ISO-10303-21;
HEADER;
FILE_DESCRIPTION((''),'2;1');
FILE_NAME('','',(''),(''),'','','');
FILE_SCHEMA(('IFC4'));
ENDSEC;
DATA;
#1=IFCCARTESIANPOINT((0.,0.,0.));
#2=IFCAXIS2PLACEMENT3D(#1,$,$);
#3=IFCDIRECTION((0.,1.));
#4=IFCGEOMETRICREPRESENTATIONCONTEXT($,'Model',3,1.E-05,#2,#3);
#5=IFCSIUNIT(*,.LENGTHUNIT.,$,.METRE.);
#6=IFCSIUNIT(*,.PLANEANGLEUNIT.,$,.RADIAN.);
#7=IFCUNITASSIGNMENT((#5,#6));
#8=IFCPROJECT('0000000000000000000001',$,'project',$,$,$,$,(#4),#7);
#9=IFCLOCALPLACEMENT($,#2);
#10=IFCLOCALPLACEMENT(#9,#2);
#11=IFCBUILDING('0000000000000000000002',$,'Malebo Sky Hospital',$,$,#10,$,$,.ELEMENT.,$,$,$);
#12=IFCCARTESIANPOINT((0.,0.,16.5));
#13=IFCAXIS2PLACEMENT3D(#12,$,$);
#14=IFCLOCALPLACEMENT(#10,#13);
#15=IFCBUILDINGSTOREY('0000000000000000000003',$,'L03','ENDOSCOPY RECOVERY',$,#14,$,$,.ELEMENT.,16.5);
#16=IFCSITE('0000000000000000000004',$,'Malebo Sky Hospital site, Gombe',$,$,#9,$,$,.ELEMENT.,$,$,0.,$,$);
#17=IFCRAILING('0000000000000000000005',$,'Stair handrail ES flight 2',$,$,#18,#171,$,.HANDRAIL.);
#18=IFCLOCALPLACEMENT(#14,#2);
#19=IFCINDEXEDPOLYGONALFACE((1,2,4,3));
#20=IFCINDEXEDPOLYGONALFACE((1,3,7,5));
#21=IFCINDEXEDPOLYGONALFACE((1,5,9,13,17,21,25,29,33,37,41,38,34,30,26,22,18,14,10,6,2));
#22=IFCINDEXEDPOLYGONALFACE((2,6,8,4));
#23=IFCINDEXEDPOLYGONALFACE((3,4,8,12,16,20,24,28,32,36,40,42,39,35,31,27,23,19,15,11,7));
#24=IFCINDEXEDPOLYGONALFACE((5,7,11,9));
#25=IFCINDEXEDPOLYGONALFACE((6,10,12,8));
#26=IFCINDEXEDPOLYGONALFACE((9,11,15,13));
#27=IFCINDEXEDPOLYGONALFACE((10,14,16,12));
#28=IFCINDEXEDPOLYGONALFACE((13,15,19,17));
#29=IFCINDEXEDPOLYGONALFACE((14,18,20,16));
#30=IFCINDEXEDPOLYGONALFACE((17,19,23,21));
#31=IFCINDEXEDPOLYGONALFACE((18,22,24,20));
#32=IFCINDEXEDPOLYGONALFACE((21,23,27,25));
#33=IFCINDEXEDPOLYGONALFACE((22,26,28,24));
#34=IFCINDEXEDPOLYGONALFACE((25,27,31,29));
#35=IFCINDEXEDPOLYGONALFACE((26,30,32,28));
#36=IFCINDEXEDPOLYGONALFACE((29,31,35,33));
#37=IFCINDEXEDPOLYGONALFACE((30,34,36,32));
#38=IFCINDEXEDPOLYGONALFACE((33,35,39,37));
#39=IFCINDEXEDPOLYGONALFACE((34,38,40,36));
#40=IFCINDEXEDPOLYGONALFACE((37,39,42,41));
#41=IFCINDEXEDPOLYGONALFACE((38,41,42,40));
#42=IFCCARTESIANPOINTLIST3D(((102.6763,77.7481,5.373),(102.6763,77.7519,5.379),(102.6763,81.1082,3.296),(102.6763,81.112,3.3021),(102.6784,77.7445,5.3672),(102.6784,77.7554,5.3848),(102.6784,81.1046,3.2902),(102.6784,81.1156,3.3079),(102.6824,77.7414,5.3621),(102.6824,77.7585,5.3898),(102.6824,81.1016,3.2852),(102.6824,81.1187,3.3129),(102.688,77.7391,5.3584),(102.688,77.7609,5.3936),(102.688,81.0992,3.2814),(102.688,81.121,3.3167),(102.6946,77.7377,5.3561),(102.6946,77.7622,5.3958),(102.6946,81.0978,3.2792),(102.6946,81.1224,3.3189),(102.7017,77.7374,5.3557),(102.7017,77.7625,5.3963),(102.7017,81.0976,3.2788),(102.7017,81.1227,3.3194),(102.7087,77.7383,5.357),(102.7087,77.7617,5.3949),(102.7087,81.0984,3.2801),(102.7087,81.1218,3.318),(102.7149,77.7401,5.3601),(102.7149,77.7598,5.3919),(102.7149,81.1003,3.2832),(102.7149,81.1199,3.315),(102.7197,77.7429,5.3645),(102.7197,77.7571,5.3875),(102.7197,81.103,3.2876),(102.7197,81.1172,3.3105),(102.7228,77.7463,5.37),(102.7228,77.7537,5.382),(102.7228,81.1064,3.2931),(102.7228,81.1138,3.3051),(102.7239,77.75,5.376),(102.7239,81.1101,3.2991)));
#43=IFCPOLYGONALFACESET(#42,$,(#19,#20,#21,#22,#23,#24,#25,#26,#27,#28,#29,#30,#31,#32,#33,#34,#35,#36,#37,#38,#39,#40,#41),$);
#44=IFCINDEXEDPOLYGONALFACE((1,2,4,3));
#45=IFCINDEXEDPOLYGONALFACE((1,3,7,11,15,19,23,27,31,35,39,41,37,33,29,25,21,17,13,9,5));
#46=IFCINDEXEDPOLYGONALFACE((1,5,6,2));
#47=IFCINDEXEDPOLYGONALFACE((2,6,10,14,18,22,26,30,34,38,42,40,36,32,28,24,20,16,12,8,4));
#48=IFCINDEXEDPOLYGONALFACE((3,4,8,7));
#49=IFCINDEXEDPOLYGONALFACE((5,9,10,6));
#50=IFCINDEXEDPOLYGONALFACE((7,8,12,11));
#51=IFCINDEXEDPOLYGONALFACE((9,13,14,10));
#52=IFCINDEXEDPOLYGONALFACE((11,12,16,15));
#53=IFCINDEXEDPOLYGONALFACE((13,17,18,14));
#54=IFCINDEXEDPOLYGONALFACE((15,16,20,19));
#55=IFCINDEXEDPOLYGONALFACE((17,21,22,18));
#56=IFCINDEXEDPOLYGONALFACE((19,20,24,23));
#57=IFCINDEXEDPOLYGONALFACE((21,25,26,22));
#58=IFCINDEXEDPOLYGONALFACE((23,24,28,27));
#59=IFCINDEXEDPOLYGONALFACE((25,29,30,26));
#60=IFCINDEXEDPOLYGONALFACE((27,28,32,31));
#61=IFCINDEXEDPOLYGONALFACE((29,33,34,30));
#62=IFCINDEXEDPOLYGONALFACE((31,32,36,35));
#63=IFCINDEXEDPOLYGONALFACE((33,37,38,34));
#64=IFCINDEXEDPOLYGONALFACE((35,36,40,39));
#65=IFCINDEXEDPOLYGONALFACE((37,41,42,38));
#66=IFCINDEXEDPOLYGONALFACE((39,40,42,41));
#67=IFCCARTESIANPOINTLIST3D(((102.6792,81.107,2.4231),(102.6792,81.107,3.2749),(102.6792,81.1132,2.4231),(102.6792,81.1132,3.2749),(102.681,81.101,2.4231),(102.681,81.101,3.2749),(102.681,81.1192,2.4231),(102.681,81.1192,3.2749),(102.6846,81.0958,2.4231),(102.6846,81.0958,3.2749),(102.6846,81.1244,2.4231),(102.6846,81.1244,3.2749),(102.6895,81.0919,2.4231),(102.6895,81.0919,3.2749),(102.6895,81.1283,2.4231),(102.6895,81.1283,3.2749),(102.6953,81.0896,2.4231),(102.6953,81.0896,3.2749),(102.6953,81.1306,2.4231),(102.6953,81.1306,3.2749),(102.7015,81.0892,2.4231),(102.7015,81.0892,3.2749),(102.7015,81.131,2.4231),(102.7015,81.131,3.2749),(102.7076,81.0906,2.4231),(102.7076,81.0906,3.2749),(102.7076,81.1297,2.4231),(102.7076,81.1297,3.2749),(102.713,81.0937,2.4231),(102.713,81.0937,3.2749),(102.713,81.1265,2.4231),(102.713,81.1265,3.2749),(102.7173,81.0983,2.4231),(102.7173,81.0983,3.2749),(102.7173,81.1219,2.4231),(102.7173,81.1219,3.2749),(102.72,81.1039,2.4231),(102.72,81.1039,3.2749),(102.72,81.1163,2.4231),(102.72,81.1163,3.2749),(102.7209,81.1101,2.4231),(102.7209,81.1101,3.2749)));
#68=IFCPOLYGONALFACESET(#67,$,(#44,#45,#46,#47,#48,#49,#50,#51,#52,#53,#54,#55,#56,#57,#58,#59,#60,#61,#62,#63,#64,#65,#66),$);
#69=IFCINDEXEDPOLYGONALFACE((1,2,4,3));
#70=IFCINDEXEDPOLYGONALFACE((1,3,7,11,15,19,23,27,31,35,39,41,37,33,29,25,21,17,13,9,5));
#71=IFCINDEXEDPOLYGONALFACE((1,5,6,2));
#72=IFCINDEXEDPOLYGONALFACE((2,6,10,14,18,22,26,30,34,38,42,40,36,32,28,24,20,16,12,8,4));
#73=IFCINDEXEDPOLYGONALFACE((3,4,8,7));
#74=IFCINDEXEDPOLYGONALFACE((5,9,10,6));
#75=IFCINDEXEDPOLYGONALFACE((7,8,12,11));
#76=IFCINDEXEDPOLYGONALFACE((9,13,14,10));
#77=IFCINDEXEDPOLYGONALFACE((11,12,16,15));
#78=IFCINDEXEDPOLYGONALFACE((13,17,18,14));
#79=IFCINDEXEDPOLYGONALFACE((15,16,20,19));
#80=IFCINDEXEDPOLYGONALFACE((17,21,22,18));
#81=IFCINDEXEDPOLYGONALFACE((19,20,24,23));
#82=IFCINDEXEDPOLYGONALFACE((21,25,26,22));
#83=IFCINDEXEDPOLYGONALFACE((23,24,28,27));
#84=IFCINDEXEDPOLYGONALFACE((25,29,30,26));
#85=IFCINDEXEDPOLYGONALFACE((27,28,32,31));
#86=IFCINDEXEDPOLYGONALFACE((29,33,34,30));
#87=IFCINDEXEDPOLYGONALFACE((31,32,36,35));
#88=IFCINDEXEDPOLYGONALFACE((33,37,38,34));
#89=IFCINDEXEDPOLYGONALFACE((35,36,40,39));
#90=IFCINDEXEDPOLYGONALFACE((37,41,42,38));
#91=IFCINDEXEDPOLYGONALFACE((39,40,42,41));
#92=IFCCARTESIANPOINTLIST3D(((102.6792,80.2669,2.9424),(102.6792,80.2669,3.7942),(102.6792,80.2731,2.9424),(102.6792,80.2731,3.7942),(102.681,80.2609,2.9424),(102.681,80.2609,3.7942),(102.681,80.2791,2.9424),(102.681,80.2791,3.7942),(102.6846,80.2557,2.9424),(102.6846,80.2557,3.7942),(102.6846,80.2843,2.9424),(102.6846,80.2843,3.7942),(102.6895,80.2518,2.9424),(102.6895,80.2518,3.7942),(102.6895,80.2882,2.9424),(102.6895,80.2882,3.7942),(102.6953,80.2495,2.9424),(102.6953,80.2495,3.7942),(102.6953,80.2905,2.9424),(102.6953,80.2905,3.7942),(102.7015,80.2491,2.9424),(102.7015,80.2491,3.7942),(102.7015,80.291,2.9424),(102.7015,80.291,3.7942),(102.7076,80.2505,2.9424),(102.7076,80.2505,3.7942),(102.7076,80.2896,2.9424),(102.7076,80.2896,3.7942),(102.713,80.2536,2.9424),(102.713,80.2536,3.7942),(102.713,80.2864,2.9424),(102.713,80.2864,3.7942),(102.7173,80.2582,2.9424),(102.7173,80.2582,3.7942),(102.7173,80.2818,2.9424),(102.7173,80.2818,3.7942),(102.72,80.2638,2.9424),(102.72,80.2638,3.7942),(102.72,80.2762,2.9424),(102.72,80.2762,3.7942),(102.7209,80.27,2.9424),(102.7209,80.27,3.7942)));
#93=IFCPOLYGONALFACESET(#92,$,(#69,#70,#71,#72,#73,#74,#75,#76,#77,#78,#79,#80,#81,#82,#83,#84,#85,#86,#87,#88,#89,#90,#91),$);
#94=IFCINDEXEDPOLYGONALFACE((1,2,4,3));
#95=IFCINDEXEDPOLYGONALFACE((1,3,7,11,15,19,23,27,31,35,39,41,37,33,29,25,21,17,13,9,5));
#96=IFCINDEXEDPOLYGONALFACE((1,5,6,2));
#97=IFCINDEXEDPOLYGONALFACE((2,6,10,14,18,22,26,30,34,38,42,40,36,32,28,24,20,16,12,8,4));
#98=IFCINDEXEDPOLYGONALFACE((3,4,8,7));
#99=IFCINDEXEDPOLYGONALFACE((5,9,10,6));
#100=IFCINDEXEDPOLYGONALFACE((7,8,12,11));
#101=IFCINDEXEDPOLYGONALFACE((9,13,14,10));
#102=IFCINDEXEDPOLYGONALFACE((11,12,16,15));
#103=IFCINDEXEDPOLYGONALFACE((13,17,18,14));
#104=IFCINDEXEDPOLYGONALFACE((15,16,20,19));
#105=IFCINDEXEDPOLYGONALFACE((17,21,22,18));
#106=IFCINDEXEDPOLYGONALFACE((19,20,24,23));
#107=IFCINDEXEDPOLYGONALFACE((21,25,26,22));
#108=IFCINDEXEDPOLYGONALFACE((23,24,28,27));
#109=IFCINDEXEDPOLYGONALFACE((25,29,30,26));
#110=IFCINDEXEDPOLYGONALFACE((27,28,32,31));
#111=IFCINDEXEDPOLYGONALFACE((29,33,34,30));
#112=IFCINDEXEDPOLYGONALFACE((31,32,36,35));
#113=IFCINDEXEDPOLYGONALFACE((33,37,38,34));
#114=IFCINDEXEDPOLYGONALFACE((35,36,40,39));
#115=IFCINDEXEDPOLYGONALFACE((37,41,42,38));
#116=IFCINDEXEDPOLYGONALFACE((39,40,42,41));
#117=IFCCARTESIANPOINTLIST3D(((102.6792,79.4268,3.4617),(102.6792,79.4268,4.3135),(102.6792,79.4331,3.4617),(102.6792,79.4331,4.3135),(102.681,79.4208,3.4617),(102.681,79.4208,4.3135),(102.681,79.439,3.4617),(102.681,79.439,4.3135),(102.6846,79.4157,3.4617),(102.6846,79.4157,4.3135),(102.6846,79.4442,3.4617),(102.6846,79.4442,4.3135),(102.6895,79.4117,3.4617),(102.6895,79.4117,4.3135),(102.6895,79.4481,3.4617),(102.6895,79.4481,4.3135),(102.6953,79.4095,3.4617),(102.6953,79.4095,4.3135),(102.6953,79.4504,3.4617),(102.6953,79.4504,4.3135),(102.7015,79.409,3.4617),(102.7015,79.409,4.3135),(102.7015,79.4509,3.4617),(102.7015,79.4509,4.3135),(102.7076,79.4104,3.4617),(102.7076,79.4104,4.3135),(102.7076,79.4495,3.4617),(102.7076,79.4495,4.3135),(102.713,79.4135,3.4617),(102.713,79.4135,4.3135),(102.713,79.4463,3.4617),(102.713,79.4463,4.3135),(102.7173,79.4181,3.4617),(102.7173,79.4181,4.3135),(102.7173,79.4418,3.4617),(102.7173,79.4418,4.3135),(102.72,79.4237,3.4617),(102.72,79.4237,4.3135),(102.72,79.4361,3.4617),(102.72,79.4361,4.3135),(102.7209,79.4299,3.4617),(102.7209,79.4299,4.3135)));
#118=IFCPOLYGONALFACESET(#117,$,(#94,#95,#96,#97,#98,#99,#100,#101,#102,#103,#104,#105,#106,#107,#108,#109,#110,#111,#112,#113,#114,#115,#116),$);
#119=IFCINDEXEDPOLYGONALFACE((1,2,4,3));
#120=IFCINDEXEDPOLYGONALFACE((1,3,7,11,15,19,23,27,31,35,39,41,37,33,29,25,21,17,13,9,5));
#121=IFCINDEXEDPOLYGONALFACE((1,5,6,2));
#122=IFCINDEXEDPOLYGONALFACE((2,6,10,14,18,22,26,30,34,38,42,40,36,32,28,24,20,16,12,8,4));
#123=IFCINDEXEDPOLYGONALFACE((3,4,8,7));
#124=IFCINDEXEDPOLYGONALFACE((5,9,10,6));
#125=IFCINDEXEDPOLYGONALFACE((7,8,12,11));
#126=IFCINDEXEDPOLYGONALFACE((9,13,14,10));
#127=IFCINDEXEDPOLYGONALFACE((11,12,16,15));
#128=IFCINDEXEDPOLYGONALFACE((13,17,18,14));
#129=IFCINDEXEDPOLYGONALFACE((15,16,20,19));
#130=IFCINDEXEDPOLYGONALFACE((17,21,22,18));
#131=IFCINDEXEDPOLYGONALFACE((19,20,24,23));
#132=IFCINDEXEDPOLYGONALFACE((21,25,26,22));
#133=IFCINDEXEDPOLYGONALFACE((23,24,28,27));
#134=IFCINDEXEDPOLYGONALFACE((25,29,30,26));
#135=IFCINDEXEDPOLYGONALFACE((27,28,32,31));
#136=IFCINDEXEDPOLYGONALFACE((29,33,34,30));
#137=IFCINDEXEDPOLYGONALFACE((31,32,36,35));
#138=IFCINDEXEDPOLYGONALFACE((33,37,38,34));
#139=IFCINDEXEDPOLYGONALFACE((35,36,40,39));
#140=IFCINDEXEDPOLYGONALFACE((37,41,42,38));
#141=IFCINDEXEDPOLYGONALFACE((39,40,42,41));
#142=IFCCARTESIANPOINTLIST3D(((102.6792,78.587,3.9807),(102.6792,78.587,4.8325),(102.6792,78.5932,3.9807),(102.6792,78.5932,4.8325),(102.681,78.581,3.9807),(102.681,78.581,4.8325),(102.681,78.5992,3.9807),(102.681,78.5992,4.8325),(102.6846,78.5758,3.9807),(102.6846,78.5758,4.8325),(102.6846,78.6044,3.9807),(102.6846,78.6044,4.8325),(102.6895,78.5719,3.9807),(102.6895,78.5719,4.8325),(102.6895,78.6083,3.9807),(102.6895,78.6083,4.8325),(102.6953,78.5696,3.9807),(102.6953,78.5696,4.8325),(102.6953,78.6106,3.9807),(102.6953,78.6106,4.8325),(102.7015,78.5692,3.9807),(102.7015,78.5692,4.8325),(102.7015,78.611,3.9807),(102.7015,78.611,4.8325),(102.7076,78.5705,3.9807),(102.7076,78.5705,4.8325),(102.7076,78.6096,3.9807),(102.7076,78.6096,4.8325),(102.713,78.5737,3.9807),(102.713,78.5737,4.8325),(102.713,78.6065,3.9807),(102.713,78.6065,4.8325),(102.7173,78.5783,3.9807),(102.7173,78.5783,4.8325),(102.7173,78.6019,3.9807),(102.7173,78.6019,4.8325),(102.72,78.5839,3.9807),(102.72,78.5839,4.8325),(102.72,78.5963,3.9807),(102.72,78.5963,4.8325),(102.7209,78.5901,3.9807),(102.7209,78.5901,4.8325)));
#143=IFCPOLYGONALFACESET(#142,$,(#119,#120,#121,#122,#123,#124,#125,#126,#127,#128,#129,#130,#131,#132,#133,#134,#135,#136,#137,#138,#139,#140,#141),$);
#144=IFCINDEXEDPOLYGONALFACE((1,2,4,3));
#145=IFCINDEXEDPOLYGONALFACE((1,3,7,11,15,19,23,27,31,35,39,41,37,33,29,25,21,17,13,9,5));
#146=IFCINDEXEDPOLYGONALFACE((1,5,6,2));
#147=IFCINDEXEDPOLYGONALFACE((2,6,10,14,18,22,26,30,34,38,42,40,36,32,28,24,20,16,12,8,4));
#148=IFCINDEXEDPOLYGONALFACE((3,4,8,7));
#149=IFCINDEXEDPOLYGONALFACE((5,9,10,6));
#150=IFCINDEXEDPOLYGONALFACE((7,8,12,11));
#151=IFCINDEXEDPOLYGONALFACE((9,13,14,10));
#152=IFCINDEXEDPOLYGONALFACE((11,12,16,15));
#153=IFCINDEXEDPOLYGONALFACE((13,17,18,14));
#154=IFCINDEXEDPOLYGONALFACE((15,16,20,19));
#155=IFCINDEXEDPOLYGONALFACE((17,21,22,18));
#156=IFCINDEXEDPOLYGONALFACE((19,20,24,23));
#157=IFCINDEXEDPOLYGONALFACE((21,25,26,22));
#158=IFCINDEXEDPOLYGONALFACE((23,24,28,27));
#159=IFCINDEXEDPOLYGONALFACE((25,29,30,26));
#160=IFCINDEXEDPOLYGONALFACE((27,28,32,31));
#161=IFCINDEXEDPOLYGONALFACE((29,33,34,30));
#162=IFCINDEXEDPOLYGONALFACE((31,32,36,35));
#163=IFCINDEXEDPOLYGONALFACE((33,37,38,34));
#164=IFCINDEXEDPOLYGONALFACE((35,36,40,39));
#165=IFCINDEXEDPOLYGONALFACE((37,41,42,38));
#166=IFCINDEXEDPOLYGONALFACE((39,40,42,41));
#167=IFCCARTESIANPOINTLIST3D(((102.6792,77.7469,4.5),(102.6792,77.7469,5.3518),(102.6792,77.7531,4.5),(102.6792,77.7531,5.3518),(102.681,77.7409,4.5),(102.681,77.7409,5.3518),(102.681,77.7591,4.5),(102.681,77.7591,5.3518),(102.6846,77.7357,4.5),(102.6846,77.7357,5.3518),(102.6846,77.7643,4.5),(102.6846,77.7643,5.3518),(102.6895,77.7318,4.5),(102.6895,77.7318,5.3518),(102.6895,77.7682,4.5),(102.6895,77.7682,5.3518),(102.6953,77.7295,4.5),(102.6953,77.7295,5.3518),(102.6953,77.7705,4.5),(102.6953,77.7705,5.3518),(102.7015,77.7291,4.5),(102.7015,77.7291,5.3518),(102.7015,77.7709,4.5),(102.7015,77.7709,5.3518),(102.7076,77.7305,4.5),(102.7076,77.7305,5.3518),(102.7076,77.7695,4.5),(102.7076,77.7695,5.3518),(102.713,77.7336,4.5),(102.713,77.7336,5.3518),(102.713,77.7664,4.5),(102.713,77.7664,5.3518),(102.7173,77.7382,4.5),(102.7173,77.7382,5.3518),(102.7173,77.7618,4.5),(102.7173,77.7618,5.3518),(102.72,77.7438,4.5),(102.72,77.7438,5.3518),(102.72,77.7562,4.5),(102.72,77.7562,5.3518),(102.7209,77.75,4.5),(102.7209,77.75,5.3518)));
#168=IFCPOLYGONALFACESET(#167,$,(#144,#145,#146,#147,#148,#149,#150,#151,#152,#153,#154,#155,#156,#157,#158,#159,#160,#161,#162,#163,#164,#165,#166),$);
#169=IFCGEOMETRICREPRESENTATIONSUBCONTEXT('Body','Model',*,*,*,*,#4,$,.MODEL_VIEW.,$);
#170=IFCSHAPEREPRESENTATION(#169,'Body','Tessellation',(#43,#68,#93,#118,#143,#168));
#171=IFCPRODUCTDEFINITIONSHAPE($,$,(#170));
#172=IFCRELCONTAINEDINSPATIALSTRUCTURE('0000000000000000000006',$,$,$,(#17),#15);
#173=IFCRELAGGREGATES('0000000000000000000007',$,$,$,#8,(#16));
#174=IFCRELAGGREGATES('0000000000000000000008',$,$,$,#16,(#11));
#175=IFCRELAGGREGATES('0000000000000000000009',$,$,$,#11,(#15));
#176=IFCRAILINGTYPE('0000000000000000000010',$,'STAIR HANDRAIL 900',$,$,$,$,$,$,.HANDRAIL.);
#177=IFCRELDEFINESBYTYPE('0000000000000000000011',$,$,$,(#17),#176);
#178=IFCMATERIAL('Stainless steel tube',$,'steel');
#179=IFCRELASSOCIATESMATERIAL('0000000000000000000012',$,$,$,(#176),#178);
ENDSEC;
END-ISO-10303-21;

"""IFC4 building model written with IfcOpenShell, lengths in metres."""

from ifc_helpers import new_model, si_unit, direction, frame, origin, origin_2d, place, context, subcontext, project, spatial, circle, extrude, material, type_object, element, save


model = new_model("IFC4")

# Units and contexts
model_context = context("Model", 3, precision=1e-05, world=origin(), true_north=direction((0.0, 1.0)))
body_context = subcontext(model_context, "Body", "Model", "MODEL_VIEW")
ifc_project = project(units=[si_unit("LENGTHUNIT", "METRE"), si_unit("PLANEANGLEUNIT", "RADIAN")], contexts=[model_context])

# Site, building, storey
site_placement = place(None, origin())
site = spatial("IfcSite", under=ifc_project, at=site_placement, Name="Malebo Sky Hospital site, Gombe", CompositionType="ELEMENT", RefElevation=0.0)
building_placement = place(site_placement, origin())
building = spatial("IfcBuilding", under=site, at=building_placement, Name="Malebo Sky Hospital", CompositionType="ELEMENT")
storey_placement = place(building_placement, frame((0.0, 0.0, 16.5)))
storey = spatial("IfcBuildingStorey", under=building, at=storey_placement, Name="L03", Description="ENDOSCOPY RECOVERY", CompositionType="ELEMENT", Elevation=16.5)

# Railing
ifc_material_1 = material(Name="Stainless steel tube", Category="steel")
railing_type = type_object("IfcRailingType", Name="STAIR HANDRAIL 900", PredefinedType="HANDRAIL", material=ifc_material_1)
railing_1_placement = place(storey_placement, frame((102.7, 81.1101, 2.4231)))
element("IfcRailing", 1, at=railing_1_placement, inside=storey, type_object=railing_type, Name="Stair handrail ES flight 2", PredefinedType="HANDRAIL", context=body_context, shape_type="SweptSolid", body=[
    extrude(circle(Radius=0.0239, at=origin_2d()), frame((0.0, 0.0, 0.876), z_axis=(0.0, -0.850623, 0.525776), x_axis=(1.0, 0.0, 0.0)), (0.0, 0.0, 1.0), 3.9502),
    extrude(circle(Radius=0.021, at=origin_2d()), origin(), (0.0, 0.0, 1.0), 0.8518),
    extrude(circle(Radius=0.021, at=origin_2d()), frame((0.0, -0.8401, 0.5193)), (0.0, 0.0, 1.0), 0.8518),
    extrude(circle(Radius=0.021, at=origin_2d()), frame((0.0, -1.6802, 1.0386)), (0.0, 0.0, 1.0), 0.8518),
    extrude(circle(Radius=0.021, at=origin_2d()), frame((0.0, -2.52, 1.5576)), (0.0, 0.0, 1.0), 0.8518),
    extrude(circle(Radius=0.021, at=origin_2d()), frame((0.0, -3.3601, 2.0769)), (0.0, 0.0, 1.0), 0.8518),
])

save(model, "model.ifc")
